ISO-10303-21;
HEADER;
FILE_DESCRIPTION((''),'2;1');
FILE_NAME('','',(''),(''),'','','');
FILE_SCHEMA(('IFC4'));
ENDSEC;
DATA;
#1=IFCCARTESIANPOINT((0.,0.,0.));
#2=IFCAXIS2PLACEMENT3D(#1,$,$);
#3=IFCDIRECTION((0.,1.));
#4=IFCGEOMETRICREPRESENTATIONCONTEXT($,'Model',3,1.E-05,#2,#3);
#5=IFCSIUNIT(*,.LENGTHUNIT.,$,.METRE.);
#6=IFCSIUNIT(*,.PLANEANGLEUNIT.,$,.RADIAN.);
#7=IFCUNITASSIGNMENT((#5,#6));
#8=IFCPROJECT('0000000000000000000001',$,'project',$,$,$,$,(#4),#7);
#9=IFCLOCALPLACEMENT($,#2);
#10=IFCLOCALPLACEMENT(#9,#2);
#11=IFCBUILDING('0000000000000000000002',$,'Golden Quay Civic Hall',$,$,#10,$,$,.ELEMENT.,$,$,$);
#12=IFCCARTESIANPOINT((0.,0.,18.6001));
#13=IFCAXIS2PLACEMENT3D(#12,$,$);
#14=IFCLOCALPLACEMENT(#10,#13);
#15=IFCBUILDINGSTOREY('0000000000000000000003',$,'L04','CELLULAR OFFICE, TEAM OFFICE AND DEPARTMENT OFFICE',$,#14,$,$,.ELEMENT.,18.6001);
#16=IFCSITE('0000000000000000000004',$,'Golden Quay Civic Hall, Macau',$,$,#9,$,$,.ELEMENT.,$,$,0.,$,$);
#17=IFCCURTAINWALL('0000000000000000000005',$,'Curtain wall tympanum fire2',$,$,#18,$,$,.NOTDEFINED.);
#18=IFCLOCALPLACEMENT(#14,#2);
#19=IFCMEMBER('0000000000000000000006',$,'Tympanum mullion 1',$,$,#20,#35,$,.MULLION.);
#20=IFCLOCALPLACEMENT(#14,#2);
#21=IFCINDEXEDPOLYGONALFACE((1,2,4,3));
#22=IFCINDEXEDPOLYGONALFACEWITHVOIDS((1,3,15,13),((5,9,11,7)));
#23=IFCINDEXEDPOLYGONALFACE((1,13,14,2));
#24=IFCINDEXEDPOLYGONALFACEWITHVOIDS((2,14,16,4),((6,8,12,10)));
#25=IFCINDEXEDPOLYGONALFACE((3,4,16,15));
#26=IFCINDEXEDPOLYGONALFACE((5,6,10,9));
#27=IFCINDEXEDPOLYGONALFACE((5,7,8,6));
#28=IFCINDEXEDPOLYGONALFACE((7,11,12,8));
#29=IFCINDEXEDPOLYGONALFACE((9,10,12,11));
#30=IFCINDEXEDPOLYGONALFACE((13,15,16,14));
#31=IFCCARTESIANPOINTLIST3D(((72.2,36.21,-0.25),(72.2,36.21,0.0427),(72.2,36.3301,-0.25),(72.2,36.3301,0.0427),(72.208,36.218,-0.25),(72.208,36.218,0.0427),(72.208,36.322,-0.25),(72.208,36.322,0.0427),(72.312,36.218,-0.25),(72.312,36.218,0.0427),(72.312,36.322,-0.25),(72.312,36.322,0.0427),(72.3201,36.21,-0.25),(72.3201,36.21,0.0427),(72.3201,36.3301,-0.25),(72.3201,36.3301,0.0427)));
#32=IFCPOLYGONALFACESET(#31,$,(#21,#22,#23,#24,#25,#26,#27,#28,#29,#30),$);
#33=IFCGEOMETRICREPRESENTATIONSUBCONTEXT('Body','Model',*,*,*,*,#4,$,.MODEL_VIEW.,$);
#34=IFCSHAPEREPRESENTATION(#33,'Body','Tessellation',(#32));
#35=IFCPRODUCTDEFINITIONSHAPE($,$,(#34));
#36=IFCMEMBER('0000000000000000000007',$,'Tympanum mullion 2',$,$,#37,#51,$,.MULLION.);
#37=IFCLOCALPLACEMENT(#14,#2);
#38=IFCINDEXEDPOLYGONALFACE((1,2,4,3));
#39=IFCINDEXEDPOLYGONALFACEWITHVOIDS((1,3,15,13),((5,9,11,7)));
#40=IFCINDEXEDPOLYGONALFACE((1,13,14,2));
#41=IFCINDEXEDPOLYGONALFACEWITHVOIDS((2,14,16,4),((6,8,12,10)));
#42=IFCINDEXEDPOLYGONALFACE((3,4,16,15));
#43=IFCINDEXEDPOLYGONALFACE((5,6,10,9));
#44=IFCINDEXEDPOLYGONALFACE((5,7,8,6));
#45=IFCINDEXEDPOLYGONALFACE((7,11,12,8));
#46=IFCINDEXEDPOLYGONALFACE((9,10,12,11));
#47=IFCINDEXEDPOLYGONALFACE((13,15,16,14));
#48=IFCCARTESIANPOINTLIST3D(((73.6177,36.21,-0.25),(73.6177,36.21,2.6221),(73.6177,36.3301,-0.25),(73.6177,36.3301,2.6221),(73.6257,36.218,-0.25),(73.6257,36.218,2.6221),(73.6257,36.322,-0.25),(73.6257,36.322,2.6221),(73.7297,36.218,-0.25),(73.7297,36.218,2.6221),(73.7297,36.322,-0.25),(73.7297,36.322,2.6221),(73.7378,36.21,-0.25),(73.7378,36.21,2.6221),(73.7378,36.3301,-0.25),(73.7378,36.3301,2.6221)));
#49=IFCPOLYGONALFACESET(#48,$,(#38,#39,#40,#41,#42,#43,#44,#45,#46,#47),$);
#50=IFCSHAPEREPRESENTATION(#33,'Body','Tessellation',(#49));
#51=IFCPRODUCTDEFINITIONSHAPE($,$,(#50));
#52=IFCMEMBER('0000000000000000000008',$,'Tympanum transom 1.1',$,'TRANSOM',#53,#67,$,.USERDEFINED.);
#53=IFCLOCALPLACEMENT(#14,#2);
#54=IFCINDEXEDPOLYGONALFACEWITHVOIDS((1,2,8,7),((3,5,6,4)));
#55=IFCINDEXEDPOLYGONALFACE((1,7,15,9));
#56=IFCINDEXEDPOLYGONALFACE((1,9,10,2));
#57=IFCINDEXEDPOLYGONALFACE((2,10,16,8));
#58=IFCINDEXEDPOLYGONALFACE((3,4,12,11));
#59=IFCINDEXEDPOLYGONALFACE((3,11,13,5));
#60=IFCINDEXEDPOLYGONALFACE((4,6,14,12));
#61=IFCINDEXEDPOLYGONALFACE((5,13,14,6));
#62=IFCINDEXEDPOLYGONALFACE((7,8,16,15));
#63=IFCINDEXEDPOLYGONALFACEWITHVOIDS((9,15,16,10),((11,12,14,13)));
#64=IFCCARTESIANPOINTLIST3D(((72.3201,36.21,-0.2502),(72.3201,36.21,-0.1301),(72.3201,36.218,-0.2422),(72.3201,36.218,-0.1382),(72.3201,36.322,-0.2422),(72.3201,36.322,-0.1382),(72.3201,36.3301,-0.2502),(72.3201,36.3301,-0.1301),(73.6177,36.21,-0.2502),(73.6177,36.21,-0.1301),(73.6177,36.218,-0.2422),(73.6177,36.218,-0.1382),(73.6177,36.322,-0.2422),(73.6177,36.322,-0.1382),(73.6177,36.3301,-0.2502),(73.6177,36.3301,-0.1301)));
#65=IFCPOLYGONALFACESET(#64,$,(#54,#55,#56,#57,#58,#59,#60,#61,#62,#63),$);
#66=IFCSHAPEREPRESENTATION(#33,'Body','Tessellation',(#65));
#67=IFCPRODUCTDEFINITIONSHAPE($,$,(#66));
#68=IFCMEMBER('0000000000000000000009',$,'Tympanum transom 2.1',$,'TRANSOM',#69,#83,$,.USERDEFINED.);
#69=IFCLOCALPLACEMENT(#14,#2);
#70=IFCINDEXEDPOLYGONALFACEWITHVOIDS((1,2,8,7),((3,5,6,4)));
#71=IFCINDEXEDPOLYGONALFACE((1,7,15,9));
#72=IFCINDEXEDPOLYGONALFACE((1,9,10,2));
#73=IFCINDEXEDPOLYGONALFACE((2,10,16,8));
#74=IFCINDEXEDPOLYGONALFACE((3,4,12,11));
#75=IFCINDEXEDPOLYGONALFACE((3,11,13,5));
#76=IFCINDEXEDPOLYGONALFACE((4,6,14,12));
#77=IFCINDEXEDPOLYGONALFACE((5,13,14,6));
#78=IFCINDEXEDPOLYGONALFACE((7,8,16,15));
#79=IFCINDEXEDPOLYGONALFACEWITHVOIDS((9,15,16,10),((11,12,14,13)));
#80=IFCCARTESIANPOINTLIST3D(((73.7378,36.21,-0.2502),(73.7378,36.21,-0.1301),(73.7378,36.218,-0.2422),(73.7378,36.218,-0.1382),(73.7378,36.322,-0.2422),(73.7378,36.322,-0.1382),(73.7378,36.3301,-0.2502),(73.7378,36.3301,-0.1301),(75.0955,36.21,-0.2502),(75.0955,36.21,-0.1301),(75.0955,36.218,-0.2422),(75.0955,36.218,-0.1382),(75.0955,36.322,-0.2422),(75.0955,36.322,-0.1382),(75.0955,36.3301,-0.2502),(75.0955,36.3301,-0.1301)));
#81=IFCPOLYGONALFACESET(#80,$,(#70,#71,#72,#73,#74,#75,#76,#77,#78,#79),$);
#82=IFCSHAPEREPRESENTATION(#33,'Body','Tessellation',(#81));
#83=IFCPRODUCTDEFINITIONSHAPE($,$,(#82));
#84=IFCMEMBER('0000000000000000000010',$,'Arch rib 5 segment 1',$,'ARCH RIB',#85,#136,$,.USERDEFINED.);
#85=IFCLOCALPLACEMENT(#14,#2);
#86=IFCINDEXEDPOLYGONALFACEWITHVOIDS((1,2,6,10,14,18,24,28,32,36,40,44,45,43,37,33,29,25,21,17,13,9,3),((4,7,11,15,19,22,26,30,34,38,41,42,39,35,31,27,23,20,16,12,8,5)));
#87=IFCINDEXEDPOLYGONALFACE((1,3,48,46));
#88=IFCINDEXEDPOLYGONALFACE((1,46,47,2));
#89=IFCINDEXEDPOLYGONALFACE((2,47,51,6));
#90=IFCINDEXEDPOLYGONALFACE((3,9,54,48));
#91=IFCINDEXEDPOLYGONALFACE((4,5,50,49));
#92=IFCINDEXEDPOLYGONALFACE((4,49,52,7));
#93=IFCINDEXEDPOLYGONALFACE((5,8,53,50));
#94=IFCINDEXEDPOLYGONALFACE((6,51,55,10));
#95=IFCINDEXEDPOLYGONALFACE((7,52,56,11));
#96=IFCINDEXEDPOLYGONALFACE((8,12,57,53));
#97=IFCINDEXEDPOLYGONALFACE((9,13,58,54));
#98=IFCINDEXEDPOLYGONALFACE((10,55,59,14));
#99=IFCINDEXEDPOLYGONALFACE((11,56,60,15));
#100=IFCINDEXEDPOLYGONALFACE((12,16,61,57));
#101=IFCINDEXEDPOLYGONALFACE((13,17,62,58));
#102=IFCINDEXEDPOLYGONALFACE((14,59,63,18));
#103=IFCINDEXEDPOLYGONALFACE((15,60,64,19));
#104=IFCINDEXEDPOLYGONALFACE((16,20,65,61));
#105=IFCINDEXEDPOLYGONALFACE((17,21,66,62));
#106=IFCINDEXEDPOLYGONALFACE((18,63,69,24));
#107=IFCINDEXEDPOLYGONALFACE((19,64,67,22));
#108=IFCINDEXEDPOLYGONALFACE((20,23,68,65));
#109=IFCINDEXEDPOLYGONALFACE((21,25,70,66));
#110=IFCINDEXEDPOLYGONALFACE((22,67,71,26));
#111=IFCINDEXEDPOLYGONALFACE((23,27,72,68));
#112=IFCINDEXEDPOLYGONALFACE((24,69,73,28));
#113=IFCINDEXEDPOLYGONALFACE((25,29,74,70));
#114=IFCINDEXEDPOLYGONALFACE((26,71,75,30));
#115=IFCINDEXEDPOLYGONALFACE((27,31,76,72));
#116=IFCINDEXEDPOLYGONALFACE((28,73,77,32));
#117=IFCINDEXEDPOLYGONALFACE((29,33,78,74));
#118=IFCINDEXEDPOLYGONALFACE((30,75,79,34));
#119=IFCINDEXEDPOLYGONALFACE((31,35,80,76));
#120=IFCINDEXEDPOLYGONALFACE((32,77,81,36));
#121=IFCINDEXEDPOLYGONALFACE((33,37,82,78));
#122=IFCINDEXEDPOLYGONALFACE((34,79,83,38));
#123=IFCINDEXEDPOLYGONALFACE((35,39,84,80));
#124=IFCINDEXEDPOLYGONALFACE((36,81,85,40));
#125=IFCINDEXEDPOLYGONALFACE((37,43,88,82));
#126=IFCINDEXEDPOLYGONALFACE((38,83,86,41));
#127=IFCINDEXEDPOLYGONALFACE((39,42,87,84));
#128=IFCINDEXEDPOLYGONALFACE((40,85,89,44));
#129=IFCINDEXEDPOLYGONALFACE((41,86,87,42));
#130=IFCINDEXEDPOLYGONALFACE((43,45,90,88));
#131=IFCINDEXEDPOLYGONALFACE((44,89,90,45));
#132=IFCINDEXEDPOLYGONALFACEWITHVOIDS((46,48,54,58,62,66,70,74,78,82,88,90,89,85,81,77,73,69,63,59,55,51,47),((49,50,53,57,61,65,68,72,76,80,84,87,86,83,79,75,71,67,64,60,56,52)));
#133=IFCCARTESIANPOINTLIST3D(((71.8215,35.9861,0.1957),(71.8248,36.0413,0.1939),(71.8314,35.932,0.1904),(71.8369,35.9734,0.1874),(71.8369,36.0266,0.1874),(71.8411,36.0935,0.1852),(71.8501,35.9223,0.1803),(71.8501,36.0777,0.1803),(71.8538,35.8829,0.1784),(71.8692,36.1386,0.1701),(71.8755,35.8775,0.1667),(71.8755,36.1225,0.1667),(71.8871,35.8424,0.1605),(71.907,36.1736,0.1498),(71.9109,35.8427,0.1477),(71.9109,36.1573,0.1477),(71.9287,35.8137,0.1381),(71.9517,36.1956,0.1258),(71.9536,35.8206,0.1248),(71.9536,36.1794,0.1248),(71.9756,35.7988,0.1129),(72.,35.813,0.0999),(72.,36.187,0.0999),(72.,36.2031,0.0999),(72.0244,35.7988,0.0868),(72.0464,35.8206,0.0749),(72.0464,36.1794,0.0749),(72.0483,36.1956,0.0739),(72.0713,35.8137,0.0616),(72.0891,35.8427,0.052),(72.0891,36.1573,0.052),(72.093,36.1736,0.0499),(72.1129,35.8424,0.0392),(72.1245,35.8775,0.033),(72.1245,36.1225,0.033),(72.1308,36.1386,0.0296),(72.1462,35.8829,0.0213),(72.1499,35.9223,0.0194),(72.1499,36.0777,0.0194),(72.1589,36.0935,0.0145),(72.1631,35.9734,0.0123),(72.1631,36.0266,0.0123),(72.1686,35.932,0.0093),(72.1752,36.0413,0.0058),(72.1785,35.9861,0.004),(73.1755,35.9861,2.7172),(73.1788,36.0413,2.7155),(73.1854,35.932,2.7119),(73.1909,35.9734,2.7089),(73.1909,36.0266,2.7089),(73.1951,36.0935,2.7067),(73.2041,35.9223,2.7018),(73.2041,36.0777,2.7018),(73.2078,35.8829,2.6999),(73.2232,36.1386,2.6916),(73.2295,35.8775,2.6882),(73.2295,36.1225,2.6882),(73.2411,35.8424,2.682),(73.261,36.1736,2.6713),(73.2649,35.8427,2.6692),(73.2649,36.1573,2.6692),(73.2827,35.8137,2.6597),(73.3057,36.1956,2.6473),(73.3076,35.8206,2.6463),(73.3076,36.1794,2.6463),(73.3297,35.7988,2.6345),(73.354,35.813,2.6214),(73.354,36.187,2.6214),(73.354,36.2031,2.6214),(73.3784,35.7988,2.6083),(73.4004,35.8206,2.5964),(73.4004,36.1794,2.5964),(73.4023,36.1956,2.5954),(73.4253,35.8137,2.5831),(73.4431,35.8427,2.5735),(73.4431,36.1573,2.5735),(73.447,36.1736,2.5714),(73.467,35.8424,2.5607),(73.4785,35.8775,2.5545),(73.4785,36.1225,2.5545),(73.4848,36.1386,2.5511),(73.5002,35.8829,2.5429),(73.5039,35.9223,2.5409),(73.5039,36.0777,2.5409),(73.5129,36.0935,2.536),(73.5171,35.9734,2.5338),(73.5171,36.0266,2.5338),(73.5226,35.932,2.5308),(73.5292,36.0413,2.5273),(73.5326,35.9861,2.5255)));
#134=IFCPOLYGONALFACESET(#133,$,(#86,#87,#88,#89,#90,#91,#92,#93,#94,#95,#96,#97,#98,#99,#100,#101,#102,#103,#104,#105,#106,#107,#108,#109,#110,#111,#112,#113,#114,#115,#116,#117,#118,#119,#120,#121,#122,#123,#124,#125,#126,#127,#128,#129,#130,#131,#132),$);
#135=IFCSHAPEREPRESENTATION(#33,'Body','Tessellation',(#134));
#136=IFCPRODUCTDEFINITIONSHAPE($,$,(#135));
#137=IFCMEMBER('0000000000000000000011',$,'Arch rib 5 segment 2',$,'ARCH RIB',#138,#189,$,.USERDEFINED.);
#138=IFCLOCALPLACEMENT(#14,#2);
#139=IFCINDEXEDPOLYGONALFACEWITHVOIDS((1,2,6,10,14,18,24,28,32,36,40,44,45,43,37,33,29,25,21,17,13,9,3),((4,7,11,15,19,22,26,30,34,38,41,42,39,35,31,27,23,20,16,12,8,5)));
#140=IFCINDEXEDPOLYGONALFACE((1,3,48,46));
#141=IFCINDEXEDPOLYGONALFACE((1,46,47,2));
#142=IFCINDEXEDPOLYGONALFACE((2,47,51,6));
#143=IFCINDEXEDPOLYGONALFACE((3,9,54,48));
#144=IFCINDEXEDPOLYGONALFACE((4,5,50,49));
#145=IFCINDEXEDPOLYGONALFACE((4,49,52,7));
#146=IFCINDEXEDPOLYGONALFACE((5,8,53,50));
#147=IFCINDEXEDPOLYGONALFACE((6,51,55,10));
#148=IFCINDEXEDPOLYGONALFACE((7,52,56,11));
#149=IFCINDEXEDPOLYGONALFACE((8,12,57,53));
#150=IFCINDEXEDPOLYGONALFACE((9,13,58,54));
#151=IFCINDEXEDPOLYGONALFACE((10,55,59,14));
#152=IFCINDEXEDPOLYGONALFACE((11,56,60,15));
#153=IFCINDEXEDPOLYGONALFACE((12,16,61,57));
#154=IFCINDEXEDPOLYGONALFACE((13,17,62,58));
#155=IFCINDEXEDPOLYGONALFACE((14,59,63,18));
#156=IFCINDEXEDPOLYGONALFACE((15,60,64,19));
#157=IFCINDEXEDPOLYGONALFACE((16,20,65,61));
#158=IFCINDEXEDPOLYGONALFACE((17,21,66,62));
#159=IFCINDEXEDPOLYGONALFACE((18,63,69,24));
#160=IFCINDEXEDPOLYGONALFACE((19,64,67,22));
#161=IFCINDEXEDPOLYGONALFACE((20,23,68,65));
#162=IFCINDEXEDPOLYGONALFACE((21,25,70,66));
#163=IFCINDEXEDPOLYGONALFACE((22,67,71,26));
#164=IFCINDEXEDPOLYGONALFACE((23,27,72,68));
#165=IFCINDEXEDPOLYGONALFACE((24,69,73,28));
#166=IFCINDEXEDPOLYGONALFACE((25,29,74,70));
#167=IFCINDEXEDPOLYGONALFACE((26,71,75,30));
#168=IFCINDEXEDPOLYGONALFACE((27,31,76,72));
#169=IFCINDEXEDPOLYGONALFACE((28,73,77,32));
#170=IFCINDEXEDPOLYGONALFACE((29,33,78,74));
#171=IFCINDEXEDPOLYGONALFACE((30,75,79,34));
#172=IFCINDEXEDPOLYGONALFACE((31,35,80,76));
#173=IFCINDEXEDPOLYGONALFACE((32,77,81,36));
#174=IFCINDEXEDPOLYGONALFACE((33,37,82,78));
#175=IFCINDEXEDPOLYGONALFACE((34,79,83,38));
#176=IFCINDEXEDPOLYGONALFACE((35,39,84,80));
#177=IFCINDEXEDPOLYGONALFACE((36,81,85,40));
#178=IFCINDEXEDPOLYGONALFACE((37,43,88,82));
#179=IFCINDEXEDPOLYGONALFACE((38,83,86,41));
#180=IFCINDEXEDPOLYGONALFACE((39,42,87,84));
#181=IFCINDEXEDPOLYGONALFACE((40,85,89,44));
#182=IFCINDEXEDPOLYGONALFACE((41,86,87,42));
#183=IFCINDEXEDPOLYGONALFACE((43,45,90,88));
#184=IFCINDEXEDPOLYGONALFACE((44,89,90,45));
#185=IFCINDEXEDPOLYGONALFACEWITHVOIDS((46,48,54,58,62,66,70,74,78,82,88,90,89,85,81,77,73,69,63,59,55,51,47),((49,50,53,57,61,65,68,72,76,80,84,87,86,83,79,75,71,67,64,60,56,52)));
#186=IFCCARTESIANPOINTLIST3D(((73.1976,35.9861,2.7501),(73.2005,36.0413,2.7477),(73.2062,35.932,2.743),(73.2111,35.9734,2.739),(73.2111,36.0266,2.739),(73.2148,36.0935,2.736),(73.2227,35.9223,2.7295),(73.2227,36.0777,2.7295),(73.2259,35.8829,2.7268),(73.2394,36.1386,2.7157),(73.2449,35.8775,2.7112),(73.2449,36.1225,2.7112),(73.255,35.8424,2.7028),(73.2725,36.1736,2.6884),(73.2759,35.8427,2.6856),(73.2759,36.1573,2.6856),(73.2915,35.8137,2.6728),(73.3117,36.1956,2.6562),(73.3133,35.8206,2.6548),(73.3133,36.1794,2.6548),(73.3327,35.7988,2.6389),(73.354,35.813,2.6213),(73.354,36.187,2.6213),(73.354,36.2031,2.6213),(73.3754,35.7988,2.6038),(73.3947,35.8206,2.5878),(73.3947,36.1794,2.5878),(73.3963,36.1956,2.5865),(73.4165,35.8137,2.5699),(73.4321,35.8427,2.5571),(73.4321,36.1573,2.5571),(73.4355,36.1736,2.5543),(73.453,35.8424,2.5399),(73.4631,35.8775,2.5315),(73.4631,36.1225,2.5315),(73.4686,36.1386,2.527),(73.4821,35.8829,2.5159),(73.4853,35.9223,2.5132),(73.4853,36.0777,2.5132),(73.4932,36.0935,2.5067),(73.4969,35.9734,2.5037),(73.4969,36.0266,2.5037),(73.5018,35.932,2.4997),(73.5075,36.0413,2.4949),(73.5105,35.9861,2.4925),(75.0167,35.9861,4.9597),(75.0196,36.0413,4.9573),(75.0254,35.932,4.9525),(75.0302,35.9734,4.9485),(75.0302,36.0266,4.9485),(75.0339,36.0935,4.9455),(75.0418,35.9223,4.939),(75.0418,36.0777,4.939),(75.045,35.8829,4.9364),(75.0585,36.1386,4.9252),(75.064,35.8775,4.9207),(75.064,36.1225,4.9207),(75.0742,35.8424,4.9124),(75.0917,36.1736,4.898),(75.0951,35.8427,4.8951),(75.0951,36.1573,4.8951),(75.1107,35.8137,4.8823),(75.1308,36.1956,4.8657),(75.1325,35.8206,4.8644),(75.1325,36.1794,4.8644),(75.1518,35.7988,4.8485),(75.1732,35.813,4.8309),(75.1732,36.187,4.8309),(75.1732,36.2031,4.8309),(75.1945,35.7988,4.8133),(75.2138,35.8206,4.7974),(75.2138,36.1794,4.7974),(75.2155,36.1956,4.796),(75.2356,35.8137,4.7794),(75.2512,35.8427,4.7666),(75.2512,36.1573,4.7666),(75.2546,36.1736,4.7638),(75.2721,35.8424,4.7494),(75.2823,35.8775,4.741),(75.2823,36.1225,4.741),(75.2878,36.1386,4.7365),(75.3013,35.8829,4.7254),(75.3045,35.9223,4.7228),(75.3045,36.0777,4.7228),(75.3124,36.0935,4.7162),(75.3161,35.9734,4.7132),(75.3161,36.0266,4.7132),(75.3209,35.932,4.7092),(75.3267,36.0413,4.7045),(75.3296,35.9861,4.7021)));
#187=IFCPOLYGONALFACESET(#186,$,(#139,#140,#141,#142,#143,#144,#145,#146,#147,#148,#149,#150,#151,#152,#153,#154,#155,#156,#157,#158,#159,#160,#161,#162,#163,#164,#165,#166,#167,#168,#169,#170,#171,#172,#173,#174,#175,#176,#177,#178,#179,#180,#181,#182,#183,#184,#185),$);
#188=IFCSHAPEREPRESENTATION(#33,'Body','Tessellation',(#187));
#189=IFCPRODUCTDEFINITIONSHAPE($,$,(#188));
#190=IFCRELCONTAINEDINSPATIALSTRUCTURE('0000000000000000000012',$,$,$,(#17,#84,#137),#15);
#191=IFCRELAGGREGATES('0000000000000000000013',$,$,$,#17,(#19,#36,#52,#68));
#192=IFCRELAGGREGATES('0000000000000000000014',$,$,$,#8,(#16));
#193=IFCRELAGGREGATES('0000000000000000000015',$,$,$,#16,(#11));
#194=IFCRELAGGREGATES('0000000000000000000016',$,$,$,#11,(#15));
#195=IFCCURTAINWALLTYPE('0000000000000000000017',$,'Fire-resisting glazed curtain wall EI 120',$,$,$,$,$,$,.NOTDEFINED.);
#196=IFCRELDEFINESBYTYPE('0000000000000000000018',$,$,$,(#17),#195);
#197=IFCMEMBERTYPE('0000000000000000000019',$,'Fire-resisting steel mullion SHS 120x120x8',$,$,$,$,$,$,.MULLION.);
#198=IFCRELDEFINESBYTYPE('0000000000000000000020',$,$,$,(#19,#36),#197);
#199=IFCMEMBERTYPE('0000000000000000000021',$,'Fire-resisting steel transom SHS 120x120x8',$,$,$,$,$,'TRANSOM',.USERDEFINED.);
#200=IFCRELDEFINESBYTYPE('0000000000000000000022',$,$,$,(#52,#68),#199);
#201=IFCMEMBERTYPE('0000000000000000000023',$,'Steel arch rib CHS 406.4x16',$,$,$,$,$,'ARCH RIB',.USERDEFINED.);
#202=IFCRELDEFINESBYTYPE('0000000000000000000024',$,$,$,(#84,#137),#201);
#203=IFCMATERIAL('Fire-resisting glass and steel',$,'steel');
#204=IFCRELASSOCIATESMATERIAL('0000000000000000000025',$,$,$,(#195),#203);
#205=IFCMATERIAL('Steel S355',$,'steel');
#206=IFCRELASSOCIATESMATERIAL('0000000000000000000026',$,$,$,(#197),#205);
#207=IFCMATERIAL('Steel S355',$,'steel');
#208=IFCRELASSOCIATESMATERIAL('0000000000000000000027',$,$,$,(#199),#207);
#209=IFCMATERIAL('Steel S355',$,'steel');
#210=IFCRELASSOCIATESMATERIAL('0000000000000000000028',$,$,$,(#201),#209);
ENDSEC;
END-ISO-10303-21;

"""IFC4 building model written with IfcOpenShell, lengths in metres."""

from ifc_helpers import new_model, si_unit, direction, frame, origin, origin_2d, place, context, subcontext, project, spatial, hollow_rectangle, hollow_circle, extrude, material, material_profile, profile_set, type_object, element, aggregate, save


model = new_model("IFC4")

# Units and contexts
model_context = context("Model", 3, precision=1e-05, world=origin(), true_north=direction((0.0, 1.0)))
body_context = subcontext(model_context, "Body", "Model", "MODEL_VIEW")
ifc_project = project(units=[si_unit("LENGTHUNIT", "METRE"), si_unit("PLANEANGLEUNIT", "RADIAN")], contexts=[model_context])

# Site, building, storey
site_placement = place(None, origin())
site = spatial("IfcSite", under=ifc_project, at=site_placement, Name="Golden Quay Civic Hall, Macau", CompositionType="ELEMENT", RefElevation=0.0)
building_placement = place(site_placement, origin())
building = spatial("IfcBuilding", under=site, at=building_placement, Name="Golden Quay Civic Hall", CompositionType="ELEMENT")
storey_placement = place(building_placement, frame((0.0, 0.0, 18.6001)))
storey = spatial("IfcBuildingStorey", under=building, at=storey_placement, Name="L04", Description="CELLULAR OFFICE, TEAM OFFICE AND DEPARTMENT OFFICE", CompositionType="ELEMENT", Elevation=18.6001)

# Curtain wall, members
ifc_material_1 = material(Name="Fire-resisting glass and steel", Category="steel")
curtain_wall_type = type_object("IfcCurtainWallType", Name="Fire-resisting glazed curtain wall EI 120", PredefinedType="NOTDEFINED", material=ifc_material_1)
curtain_wall_placement = place(storey_placement, origin())
curtain_wall = element("IfcCurtainWall", 1, at=curtain_wall_placement, inside=storey, type_object=curtain_wall_type, Name="Curtain wall tympanum fire2", PredefinedType="NOTDEFINED")
ifc_material_2 = material(Name="Steel S355", Category="steel")
ifc_material_profile_1 = material_profile(ifc_material_2, hollow_rectangle(XDim=0.1201, YDim=0.1201, WallThickness=0.0081, at=origin_2d()), Name="SHS 120x120x8")
ifc_profile_set_1 = profile_set([ifc_material_profile_1], Name="Steel S355")
member_type_1 = type_object("IfcMemberType", Name="Fire-resisting steel mullion SHS 120x120x8", PredefinedType="MULLION", material=ifc_profile_set_1)
member_1_placement = place(storey_placement, frame((72.26, 36.27, -0.25), z_axis=(0.0, 0.0, 1.0), x_axis=(0.0, 1.0, 0.0)))
member_1 = element("IfcMember", 2, at=member_1_placement, type_object=member_type_1, Name="Tympanum mullion 1", PredefinedType="MULLION", context=body_context, shape_type="SweptSolid", body=[
    extrude(hollow_rectangle(XDim=0.1201, YDim=0.1201, WallThickness=0.0081, at=origin_2d()), origin(), (0.0, 0.0, 1.0), 0.2927),
])
member_2_placement = place(storey_placement, frame((73.6777, 36.27, -0.25), z_axis=(0.0, 0.0, 1.0), x_axis=(0.0, 1.0, 0.0)))
member_2 = element("IfcMember", 3, at=member_2_placement, type_object=member_type_1, Name="Tympanum mullion 2", PredefinedType="MULLION", context=body_context, shape_type="SweptSolid", body=[
    extrude(hollow_rectangle(XDim=0.1201, YDim=0.1201, WallThickness=0.0081, at=origin_2d()), origin(), (0.0, 0.0, 1.0), 2.8721),
])
ifc_material_3 = material(Name="Steel S355", Category="steel")
ifc_material_profile_2 = material_profile(ifc_material_3, hollow_rectangle(XDim=0.1201, YDim=0.1201, WallThickness=0.0081, at=origin_2d()), Name="SHS 120x120x8")
ifc_profile_set_2 = profile_set([ifc_material_profile_2], Name="Steel S355")
member_type_2 = type_object("IfcMemberType", Name="Fire-resisting steel transom SHS 120x120x8", ElementType="TRANSOM", PredefinedType="USERDEFINED", material=ifc_profile_set_2)
member_3_placement = place(storey_placement, frame((72.3201, 36.27, -0.1902), z_axis=(1.0, 0.0, 0.0), x_axis=(0.0, 1.0, 0.0)))
member_3 = element("IfcMember", 4, at=member_3_placement, type_object=member_type_2, Name="Tympanum transom 1.1", ObjectType="TRANSOM", PredefinedType="USERDEFINED", context=body_context, shape_type="SweptSolid", body=[
    extrude(hollow_rectangle(XDim=0.1201, YDim=0.1201, WallThickness=0.0081, at=origin_2d()), origin(), (0.0, 0.0, 1.0), 1.2976),
])
member_4_placement = place(storey_placement, frame((73.7378, 36.27, -0.1902), z_axis=(1.0, 0.0, 0.0), x_axis=(0.0, 1.0, 0.0)))
member_4 = element("IfcMember", 5, at=member_4_placement, type_object=member_type_2, Name="Tympanum transom 2.1", ObjectType="TRANSOM", PredefinedType="USERDEFINED", context=body_context, shape_type="SweptSolid", body=[
    extrude(hollow_rectangle(XDim=0.1201, YDim=0.1201, WallThickness=0.0081, at=origin_2d()), origin(), (0.0, 0.0, 1.0), 1.3577),
])

# Members
ifc_material_4 = material(Name="Steel S355", Category="steel")
ifc_material_profile_3 = material_profile(ifc_material_4, hollow_circle(Radius=0.2031, WallThickness=0.0161, at=origin_2d()), Name="CHS 406.4x16")
ifc_profile_set_3 = profile_set([ifc_material_profile_3], Name="Steel S355")
member_type_3 = type_object("IfcMemberType", Name="Steel arch rib CHS 406.4x16", ElementType="ARCH RIB", PredefinedType="USERDEFINED", material=ifc_profile_set_3)
for number, where, z_axis, x_axis, name in (
    (6, (72.0, 36.0, 0.0999), (0.473092, 0.0, 0.881013), (0.0, 1.0, 0.0), "Arch rib 5 segment 1"),
    (7, (73.354, 36.0, 2.6213), (0.635609, 0.0, 0.772011), (0.0, 1.0, 0.0), "Arch rib 5 segment 2"),
):
    element("IfcMember", number, at=place(storey_placement, frame(where, z_axis=z_axis, x_axis=x_axis)), inside=storey, type_object=member_type_3, Name=name, ObjectType="ARCH RIB", PredefinedType="USERDEFINED", context=body_context, shape_type="SweptSolid", body=[
        extrude(hollow_circle(Radius=0.2031, WallThickness=0.0161, at=origin_2d()), origin(), (0.0, 0.0, 1.0), 2.8621),
    ])

aggregate(curtain_wall, [member_1, member_2, member_3, member_4])

save(model, "model.ifc")
